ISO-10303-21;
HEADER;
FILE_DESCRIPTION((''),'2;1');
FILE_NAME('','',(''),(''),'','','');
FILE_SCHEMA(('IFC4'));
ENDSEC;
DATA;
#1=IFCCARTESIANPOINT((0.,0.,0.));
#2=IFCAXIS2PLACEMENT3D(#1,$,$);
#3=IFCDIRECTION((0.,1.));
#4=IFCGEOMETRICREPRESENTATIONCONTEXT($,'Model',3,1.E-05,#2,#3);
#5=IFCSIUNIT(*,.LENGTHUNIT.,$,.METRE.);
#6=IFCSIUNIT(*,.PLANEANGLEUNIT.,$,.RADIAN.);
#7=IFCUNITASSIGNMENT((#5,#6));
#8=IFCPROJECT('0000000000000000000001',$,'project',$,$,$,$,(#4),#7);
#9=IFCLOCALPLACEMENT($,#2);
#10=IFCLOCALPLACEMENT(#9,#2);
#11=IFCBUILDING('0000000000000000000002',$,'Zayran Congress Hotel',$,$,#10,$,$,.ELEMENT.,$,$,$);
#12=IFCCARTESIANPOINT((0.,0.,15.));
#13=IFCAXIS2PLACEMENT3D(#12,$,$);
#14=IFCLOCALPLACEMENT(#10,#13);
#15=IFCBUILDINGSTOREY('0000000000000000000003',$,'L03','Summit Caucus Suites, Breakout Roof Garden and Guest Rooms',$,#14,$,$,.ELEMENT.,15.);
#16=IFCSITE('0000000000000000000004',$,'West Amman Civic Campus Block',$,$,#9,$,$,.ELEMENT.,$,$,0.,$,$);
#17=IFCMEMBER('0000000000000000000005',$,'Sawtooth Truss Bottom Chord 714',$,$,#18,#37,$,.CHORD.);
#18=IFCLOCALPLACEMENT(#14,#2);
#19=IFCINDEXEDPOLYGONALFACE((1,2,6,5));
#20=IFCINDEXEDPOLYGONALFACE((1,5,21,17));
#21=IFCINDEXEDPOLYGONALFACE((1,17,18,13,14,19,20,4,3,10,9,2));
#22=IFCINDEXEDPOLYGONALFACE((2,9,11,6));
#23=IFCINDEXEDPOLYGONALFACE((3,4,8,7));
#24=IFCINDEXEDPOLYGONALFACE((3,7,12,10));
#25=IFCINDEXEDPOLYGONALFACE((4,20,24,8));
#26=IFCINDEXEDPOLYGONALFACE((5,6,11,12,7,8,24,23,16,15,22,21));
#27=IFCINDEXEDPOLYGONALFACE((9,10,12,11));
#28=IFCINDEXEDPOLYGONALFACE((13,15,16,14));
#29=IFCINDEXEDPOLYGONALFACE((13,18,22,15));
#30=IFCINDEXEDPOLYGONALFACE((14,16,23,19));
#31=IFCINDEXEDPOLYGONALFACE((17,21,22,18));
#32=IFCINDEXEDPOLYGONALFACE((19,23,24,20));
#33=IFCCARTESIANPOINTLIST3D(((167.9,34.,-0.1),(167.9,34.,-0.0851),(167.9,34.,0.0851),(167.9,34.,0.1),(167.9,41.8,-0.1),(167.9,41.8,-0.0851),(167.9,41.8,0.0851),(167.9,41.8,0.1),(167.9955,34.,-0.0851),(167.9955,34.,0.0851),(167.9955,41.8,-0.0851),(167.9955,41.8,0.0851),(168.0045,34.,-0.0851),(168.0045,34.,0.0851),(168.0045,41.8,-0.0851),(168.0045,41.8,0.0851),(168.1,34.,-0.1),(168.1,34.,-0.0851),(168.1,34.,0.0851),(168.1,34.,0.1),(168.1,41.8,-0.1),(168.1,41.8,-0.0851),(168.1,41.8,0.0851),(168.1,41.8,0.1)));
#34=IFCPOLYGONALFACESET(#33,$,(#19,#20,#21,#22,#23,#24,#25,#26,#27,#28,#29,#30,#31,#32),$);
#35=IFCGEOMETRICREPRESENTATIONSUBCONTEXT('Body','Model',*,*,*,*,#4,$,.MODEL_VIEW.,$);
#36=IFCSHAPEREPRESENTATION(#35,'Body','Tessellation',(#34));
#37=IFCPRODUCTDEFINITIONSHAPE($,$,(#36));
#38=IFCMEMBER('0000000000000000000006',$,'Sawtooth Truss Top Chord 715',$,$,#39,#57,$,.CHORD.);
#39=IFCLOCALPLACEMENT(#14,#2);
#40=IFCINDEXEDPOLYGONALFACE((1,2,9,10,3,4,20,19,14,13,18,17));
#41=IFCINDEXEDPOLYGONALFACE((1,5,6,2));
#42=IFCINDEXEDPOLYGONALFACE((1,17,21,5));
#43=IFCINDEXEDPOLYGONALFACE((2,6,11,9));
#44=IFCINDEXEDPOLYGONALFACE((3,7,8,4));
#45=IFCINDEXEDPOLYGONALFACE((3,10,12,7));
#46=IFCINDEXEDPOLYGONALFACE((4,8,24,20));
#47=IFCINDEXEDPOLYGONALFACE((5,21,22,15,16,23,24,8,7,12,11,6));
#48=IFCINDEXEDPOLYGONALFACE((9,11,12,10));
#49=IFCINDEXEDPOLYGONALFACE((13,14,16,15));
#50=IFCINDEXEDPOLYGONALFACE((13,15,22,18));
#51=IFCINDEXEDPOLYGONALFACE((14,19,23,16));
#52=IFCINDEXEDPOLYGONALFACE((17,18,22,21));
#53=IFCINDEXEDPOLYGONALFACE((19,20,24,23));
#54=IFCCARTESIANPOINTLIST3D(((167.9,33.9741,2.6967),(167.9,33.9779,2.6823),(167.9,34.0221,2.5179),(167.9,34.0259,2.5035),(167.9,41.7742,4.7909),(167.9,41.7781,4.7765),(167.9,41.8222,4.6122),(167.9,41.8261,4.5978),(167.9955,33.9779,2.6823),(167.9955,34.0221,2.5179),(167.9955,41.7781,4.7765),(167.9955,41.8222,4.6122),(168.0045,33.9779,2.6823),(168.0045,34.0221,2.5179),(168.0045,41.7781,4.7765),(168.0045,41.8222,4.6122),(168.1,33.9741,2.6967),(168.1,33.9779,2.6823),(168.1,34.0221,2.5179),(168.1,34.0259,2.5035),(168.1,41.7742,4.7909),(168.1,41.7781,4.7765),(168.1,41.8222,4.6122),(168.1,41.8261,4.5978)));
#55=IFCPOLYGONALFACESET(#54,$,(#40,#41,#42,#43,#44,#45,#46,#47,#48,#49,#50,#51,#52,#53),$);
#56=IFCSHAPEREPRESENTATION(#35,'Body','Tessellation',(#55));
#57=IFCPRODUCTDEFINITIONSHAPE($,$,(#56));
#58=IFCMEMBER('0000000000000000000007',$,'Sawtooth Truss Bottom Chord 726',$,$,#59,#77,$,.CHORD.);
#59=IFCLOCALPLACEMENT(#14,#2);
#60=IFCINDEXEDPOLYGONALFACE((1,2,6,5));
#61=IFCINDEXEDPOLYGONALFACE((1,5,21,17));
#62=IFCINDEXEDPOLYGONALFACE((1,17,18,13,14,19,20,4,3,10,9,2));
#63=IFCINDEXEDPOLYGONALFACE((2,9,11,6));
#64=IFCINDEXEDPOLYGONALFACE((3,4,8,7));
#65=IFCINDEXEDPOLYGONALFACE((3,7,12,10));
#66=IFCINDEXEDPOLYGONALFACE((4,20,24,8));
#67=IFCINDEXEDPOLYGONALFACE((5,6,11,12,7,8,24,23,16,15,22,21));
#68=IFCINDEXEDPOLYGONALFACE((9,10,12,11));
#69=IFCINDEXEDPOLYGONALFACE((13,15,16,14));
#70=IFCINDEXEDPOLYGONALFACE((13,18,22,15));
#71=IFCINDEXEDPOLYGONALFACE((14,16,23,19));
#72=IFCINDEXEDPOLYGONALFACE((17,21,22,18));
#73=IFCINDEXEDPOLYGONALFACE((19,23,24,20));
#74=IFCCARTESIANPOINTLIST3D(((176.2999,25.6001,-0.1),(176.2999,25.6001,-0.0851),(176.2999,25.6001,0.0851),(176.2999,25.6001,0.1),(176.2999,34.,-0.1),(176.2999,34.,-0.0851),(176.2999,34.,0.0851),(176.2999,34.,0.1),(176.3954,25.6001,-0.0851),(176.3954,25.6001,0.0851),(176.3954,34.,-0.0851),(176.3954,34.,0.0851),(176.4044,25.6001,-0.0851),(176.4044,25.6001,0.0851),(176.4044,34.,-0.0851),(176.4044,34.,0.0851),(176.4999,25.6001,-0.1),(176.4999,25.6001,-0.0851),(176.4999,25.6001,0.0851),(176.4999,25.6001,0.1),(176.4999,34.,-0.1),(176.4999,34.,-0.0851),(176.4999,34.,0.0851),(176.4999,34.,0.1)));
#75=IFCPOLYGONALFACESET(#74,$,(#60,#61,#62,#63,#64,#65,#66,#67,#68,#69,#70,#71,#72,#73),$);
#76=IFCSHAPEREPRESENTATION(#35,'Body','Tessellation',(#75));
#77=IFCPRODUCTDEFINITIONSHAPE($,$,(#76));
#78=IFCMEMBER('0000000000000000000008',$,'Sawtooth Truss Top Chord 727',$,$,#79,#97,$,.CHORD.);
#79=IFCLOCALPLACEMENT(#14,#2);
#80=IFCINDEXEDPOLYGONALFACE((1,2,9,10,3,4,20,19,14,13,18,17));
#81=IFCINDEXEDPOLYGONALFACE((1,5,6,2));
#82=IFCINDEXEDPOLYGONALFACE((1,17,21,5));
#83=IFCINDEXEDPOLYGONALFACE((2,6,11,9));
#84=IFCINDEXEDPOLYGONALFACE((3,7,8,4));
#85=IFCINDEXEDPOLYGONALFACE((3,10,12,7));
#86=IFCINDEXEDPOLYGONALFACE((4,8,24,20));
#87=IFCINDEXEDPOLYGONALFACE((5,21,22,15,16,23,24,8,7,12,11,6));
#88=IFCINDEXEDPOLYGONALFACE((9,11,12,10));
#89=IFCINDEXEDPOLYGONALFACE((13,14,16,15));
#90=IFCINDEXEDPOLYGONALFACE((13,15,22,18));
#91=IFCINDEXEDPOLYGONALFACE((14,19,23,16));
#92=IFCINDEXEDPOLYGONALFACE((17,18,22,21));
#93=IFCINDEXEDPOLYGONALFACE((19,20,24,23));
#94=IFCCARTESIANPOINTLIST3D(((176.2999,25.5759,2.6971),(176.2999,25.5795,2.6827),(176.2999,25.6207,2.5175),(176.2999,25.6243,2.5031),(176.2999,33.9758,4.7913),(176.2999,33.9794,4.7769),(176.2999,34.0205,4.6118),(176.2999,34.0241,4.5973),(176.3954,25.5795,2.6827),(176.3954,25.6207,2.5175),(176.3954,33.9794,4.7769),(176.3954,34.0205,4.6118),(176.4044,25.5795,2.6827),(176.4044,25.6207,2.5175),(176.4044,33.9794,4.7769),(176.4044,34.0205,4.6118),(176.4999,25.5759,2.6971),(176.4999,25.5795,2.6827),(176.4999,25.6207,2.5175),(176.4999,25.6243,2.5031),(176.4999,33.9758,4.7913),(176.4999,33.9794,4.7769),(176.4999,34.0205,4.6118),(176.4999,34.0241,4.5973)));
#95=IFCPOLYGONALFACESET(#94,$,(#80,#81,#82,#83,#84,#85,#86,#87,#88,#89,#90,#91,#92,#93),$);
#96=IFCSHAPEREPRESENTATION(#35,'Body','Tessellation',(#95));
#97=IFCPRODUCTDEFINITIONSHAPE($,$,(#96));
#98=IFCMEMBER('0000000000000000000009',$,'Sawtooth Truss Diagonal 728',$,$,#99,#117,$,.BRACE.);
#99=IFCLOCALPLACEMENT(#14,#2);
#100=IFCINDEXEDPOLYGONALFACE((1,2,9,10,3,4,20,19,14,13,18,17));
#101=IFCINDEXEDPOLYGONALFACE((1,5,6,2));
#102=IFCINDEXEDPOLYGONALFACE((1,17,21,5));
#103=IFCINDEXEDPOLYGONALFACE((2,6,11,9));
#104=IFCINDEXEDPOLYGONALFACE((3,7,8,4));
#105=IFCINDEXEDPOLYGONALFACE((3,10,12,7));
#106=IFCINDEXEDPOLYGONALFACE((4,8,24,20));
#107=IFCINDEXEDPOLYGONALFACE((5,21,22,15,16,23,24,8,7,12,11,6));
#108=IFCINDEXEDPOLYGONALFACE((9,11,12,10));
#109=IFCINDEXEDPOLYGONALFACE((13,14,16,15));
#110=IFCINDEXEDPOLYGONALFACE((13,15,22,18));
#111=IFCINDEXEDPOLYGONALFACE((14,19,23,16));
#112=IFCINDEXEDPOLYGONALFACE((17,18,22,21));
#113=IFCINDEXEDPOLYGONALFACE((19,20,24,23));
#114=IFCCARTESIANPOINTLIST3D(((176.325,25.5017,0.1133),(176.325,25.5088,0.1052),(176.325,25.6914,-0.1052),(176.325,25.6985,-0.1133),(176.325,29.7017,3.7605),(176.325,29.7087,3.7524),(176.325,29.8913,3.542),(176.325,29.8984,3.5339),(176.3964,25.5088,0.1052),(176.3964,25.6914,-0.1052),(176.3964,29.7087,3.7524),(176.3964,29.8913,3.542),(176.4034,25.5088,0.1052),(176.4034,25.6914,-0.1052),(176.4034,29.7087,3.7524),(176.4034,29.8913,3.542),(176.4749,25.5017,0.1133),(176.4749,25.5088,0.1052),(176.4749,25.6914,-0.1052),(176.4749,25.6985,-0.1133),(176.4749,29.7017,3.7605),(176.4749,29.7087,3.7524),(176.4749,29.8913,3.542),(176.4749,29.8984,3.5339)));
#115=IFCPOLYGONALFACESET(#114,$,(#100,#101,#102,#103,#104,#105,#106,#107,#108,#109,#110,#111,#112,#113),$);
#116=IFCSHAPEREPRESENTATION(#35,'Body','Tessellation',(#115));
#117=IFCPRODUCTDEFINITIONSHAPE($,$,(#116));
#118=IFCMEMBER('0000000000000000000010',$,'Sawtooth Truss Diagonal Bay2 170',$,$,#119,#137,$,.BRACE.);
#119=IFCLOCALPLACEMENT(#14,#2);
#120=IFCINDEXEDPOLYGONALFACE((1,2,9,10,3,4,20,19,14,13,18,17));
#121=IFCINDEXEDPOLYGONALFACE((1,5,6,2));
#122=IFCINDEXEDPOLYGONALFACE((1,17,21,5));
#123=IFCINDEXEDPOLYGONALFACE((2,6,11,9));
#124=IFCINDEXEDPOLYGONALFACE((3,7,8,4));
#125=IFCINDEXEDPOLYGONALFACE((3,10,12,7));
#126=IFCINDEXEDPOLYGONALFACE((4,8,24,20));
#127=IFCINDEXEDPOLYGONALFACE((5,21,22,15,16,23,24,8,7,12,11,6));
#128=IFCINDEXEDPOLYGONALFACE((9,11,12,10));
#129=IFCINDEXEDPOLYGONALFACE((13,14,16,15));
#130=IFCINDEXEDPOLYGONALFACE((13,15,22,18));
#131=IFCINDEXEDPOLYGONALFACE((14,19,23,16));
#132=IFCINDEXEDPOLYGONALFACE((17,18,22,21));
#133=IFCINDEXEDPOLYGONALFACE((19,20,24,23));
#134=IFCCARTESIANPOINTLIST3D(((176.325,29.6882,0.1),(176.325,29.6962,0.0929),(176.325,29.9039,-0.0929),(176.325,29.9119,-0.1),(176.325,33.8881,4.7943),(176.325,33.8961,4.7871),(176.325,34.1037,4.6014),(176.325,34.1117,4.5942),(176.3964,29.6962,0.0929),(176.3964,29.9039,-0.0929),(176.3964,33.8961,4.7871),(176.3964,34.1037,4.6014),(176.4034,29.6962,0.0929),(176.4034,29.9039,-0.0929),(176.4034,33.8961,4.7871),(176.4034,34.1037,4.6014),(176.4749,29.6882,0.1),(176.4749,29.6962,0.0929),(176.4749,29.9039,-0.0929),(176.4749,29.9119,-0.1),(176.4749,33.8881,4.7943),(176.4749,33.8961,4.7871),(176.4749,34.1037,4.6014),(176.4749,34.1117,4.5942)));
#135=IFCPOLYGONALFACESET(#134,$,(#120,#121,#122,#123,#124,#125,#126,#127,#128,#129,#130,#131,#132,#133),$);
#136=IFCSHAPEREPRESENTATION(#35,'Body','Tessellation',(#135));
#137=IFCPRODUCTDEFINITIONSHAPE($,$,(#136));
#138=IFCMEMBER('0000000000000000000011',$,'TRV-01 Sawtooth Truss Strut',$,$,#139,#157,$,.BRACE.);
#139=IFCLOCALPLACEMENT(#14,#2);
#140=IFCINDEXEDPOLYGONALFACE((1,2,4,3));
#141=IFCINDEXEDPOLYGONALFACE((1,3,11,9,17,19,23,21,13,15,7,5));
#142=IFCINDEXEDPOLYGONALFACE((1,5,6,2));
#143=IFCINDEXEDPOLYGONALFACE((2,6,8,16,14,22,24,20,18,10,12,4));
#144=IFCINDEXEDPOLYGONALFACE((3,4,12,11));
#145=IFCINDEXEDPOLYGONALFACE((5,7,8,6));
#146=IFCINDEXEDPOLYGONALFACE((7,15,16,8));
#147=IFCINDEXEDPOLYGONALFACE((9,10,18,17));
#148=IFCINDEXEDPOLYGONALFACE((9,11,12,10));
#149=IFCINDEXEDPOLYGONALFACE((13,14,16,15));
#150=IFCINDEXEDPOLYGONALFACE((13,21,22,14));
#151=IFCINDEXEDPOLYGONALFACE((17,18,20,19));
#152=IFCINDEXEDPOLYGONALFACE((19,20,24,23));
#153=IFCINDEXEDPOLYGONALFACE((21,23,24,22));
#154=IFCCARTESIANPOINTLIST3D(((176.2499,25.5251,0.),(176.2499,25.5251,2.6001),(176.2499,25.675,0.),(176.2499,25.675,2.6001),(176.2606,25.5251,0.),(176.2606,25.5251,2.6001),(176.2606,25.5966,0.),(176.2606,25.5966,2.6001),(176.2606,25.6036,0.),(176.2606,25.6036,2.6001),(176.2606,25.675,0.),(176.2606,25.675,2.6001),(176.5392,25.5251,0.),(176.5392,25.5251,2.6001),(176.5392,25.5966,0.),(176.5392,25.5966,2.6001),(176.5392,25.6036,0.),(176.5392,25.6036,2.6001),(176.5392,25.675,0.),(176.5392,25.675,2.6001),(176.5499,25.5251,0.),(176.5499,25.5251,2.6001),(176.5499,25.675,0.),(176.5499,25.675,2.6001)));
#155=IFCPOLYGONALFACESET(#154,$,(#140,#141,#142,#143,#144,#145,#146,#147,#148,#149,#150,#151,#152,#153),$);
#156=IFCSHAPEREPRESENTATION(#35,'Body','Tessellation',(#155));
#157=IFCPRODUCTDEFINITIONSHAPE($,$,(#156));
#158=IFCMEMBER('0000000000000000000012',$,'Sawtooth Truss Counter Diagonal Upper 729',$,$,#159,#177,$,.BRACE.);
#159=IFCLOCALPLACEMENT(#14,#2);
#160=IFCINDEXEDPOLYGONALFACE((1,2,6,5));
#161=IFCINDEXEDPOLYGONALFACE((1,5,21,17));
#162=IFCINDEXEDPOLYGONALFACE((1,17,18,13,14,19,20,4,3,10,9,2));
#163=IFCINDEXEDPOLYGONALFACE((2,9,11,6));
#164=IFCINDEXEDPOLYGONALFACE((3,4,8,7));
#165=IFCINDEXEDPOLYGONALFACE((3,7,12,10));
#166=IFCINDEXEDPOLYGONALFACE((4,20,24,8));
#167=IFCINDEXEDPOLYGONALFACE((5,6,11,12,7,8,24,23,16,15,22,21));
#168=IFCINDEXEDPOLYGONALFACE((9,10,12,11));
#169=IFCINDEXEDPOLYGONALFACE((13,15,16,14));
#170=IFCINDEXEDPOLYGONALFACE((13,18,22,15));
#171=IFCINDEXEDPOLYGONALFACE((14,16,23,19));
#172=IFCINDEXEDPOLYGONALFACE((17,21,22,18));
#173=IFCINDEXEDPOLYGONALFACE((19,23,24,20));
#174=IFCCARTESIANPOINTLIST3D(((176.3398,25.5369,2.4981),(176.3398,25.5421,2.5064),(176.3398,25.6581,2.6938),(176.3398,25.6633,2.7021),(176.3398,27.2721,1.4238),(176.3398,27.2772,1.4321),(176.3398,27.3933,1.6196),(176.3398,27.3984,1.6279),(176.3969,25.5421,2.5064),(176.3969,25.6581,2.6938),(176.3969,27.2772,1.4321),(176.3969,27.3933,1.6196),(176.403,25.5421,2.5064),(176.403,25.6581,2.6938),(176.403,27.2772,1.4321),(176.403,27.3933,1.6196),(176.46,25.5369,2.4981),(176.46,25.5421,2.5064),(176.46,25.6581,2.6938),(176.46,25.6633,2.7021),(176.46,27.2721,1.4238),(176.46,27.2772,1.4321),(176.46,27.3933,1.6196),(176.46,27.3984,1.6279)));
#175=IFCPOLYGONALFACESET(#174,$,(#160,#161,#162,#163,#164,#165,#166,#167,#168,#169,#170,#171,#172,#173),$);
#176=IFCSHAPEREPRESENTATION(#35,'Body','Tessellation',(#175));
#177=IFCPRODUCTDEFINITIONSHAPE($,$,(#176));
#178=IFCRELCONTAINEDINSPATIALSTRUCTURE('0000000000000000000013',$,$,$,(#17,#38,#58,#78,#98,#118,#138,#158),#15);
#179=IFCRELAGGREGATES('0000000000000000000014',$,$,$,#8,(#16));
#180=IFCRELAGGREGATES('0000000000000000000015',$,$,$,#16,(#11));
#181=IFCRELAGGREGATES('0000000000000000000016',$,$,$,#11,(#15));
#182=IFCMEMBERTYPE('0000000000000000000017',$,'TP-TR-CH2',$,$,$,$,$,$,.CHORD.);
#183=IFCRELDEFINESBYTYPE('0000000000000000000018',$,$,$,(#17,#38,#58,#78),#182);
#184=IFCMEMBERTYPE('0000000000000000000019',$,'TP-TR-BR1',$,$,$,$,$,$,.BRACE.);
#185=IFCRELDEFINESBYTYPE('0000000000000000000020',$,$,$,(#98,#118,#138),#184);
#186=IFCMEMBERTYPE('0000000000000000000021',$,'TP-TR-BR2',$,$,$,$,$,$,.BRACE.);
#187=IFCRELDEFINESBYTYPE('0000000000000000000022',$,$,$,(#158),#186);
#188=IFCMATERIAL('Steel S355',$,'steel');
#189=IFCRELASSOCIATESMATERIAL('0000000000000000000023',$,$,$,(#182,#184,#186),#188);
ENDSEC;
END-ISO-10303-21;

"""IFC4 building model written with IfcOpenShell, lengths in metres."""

from ifc_helpers import new_model, si_unit, direction, frame, origin, origin_2d, place, context, subcontext, project, spatial, i_section, extrude, material, material_profile, profile_set, type_object, element, save


model = new_model("IFC4")

# Units and contexts
model_context = context("Model", 3, precision=1e-05, world=origin(), true_north=direction((0.0, 1.0)))
body_context = subcontext(model_context, "Body", "Model", "MODEL_VIEW")
ifc_project = project(units=[si_unit("LENGTHUNIT", "METRE"), si_unit("PLANEANGLEUNIT", "RADIAN")], contexts=[model_context])

# Site, building, storey
site_placement = place(None, origin())
site = spatial("IfcSite", under=ifc_project, at=site_placement, Name="West Amman Civic Campus Block", CompositionType="ELEMENT", RefElevation=0.0)
building_placement = place(site_placement, origin())
building = spatial("IfcBuilding", under=site, at=building_placement, Name="Zayran Congress Hotel", CompositionType="ELEMENT")
storey_placement = place(building_placement, frame((0.0, 0.0, 15.0)))
storey = spatial("IfcBuildingStorey", under=building, at=storey_placement, Name="L03", Description="Summit Caucus Suites, Breakout Roof Garden and Guest Rooms", CompositionType="ELEMENT", Elevation=15.0)

# Members
ifc_material_1 = material(Name="Steel S355", Category="steel")
ifc_material_profile_1 = material_profile(ifc_material_1, i_section(OverallWidth=0.2, OverallDepth=0.2, WebThickness=0.009, FlangeThickness=0.0149, at=origin_2d()), Name="HEB 200")
ifc_profile_set_1 = profile_set([ifc_material_profile_1], Name="Steel S355")
member_type_1 = type_object("IfcMemberType", Name="TP-TR-CH2", PredefinedType="CHORD", material=ifc_profile_set_1)
member_1_placement = place(storey_placement, frame((168.0, 34.0, 0.0), z_axis=(0.0, 1.0, 0.0), x_axis=(-1.0, 0.0, 0.0)))
element("IfcMember", 1, at=member_1_placement, inside=storey, type_object=member_type_1, Name="Sawtooth Truss Bottom Chord 714", PredefinedType="CHORD", context=body_context, shape_type="SweptSolid", body=[
    extrude(i_section(OverallWidth=0.2, OverallDepth=0.2, WebThickness=0.009, FlangeThickness=0.0149, at=origin_2d()), origin(), (0.0, 0.0, 1.0), 7.8),
])
member_2_placement = place(storey_placement, frame((168.0, 34.0, 2.6001), z_axis=(0.0, 0.965795, 0.259307), x_axis=(-1.0, 0.0, 0.0)))
element("IfcMember", 2, at=member_2_placement, inside=storey, type_object=member_type_1, Name="Sawtooth Truss Top Chord 715", PredefinedType="CHORD", context=body_context, shape_type="SweptSolid", body=[
    extrude(i_section(OverallWidth=0.2, OverallDepth=0.2, WebThickness=0.009, FlangeThickness=0.0149, at=origin_2d()), origin(), (0.0, 0.0, 1.0), 8.0764),
])
member_3_placement = place(storey_placement, frame((176.3999, 25.6001, 0.0), z_axis=(0.0, 1.0, 0.0), x_axis=(-1.0, 0.0, 0.0)))
element("IfcMember", 3, at=member_3_placement, inside=storey, type_object=member_type_1, Name="Sawtooth Truss Bottom Chord 726", PredefinedType="CHORD", context=body_context, shape_type="SweptSolid", body=[
    extrude(i_section(OverallWidth=0.2, OverallDepth=0.2, WebThickness=0.009, FlangeThickness=0.0149, at=origin_2d()), origin(), (0.0, 0.0, 1.0), 8.3999),
])
member_4_placement = place(storey_placement, frame((176.3999, 25.6001, 2.6001), z_axis=(0.0, 0.970298, 0.241912), x_axis=(-1.0, 0.0, 0.0)))
element("IfcMember", 4, at=member_4_placement, inside=storey, type_object=member_type_1, Name="Sawtooth Truss Top Chord 727", PredefinedType="CHORD", context=body_context, shape_type="SweptSolid", body=[
    extrude(i_section(OverallWidth=0.2, OverallDepth=0.2, WebThickness=0.009, FlangeThickness=0.0149, at=origin_2d()), origin(), (0.0, 0.0, 1.0), 8.657),
])
ifc_material_profile_2 = material_profile(ifc_material_1, i_section(OverallWidth=0.1499, OverallDepth=0.3, WebThickness=0.0071, FlangeThickness=0.0107, at=origin_2d()), Name="IPE 300")
ifc_profile_set_2 = profile_set([ifc_material_profile_2], Name="Steel S355")
member_type_2 = type_object("IfcMemberType", Name="TP-TR-BR1", PredefinedType="BRACE", material=ifc_profile_set_2)
member_5_placement = place(storey_placement, frame((176.3999, 25.6001, 0.0), z_axis=(0.0, 0.755043, 0.655675), x_axis=(-1.0, 0.0, 0.0)))
element("IfcMember", 5, at=member_5_placement, inside=storey, type_object=member_type_2, Name="Sawtooth Truss Diagonal 728", PredefinedType="BRACE", context=body_context, shape_type="SweptSolid", body=[
    extrude(i_section(OverallWidth=0.1499, OverallDepth=0.3, WebThickness=0.0071, FlangeThickness=0.0107, at=origin_2d()), origin(), (0.0, 0.0, 1.0), 5.5625),
])
member_6_placement = place(storey_placement, frame((176.3999, 29.8, 0.0), z_axis=(0.0, 0.666773, 0.745261), x_axis=(-1.0, 0.0, 0.0)))
element("IfcMember", 6, at=member_6_placement, inside=storey, type_object=member_type_2, Name="Sawtooth Truss Diagonal Bay2 170", PredefinedType="BRACE", context=body_context, shape_type="SweptSolid", body=[
    extrude(i_section(OverallWidth=0.1499, OverallDepth=0.3, WebThickness=0.0071, FlangeThickness=0.0107, at=origin_2d()), origin(), (0.0, 0.0, 1.0), 6.2988),
])
member_7_placement = place(storey_placement, frame((176.3999, 25.6001, 0.0), z_axis=(0.0, 0.0, 1.0), x_axis=(0.0, 1.0, 0.0)))
element("IfcMember", 7, at=member_7_placement, inside=storey, type_object=member_type_2, Name="TRV-01 Sawtooth Truss Strut", PredefinedType="BRACE", context=body_context, shape_type="SweptSolid", body=[
    extrude(i_section(OverallWidth=0.1499, OverallDepth=0.3, WebThickness=0.0071, FlangeThickness=0.0107, at=origin_2d()), origin(), (0.0, 0.0, 1.0), 2.6001),
])
ifc_material_profile_3 = material_profile(ifc_material_1, i_section(OverallWidth=0.1201, OverallDepth=0.24, WebThickness=0.0061, FlangeThickness=0.0098, at=origin_2d()), Name="IPE 240")
ifc_profile_set_3 = profile_set([ifc_material_profile_3], Name="Steel S355")
member_type_3 = type_object("IfcMemberType", Name="TP-TR-BR2", PredefinedType="BRACE", material=ifc_profile_set_3)
member_8_placement = place(storey_placement, frame((176.3999, 25.6001, 2.6001), z_axis=(0.0, 0.850242, -0.526392), x_axis=(-1.0, 0.0, 0.0)))
element("IfcMember", 8, at=member_8_placement, inside=storey, type_object=member_type_3, Name="Sawtooth Truss Counter Diagonal Upper 729", PredefinedType="BRACE", context=body_context, shape_type="SweptSolid", body=[
    extrude(i_section(OverallWidth=0.1201, OverallDepth=0.24, WebThickness=0.0061, FlangeThickness=0.0098, at=origin_2d()), origin(), (0.0, 0.0, 1.0), 2.0408),
])

save(model, "model.ifc")
